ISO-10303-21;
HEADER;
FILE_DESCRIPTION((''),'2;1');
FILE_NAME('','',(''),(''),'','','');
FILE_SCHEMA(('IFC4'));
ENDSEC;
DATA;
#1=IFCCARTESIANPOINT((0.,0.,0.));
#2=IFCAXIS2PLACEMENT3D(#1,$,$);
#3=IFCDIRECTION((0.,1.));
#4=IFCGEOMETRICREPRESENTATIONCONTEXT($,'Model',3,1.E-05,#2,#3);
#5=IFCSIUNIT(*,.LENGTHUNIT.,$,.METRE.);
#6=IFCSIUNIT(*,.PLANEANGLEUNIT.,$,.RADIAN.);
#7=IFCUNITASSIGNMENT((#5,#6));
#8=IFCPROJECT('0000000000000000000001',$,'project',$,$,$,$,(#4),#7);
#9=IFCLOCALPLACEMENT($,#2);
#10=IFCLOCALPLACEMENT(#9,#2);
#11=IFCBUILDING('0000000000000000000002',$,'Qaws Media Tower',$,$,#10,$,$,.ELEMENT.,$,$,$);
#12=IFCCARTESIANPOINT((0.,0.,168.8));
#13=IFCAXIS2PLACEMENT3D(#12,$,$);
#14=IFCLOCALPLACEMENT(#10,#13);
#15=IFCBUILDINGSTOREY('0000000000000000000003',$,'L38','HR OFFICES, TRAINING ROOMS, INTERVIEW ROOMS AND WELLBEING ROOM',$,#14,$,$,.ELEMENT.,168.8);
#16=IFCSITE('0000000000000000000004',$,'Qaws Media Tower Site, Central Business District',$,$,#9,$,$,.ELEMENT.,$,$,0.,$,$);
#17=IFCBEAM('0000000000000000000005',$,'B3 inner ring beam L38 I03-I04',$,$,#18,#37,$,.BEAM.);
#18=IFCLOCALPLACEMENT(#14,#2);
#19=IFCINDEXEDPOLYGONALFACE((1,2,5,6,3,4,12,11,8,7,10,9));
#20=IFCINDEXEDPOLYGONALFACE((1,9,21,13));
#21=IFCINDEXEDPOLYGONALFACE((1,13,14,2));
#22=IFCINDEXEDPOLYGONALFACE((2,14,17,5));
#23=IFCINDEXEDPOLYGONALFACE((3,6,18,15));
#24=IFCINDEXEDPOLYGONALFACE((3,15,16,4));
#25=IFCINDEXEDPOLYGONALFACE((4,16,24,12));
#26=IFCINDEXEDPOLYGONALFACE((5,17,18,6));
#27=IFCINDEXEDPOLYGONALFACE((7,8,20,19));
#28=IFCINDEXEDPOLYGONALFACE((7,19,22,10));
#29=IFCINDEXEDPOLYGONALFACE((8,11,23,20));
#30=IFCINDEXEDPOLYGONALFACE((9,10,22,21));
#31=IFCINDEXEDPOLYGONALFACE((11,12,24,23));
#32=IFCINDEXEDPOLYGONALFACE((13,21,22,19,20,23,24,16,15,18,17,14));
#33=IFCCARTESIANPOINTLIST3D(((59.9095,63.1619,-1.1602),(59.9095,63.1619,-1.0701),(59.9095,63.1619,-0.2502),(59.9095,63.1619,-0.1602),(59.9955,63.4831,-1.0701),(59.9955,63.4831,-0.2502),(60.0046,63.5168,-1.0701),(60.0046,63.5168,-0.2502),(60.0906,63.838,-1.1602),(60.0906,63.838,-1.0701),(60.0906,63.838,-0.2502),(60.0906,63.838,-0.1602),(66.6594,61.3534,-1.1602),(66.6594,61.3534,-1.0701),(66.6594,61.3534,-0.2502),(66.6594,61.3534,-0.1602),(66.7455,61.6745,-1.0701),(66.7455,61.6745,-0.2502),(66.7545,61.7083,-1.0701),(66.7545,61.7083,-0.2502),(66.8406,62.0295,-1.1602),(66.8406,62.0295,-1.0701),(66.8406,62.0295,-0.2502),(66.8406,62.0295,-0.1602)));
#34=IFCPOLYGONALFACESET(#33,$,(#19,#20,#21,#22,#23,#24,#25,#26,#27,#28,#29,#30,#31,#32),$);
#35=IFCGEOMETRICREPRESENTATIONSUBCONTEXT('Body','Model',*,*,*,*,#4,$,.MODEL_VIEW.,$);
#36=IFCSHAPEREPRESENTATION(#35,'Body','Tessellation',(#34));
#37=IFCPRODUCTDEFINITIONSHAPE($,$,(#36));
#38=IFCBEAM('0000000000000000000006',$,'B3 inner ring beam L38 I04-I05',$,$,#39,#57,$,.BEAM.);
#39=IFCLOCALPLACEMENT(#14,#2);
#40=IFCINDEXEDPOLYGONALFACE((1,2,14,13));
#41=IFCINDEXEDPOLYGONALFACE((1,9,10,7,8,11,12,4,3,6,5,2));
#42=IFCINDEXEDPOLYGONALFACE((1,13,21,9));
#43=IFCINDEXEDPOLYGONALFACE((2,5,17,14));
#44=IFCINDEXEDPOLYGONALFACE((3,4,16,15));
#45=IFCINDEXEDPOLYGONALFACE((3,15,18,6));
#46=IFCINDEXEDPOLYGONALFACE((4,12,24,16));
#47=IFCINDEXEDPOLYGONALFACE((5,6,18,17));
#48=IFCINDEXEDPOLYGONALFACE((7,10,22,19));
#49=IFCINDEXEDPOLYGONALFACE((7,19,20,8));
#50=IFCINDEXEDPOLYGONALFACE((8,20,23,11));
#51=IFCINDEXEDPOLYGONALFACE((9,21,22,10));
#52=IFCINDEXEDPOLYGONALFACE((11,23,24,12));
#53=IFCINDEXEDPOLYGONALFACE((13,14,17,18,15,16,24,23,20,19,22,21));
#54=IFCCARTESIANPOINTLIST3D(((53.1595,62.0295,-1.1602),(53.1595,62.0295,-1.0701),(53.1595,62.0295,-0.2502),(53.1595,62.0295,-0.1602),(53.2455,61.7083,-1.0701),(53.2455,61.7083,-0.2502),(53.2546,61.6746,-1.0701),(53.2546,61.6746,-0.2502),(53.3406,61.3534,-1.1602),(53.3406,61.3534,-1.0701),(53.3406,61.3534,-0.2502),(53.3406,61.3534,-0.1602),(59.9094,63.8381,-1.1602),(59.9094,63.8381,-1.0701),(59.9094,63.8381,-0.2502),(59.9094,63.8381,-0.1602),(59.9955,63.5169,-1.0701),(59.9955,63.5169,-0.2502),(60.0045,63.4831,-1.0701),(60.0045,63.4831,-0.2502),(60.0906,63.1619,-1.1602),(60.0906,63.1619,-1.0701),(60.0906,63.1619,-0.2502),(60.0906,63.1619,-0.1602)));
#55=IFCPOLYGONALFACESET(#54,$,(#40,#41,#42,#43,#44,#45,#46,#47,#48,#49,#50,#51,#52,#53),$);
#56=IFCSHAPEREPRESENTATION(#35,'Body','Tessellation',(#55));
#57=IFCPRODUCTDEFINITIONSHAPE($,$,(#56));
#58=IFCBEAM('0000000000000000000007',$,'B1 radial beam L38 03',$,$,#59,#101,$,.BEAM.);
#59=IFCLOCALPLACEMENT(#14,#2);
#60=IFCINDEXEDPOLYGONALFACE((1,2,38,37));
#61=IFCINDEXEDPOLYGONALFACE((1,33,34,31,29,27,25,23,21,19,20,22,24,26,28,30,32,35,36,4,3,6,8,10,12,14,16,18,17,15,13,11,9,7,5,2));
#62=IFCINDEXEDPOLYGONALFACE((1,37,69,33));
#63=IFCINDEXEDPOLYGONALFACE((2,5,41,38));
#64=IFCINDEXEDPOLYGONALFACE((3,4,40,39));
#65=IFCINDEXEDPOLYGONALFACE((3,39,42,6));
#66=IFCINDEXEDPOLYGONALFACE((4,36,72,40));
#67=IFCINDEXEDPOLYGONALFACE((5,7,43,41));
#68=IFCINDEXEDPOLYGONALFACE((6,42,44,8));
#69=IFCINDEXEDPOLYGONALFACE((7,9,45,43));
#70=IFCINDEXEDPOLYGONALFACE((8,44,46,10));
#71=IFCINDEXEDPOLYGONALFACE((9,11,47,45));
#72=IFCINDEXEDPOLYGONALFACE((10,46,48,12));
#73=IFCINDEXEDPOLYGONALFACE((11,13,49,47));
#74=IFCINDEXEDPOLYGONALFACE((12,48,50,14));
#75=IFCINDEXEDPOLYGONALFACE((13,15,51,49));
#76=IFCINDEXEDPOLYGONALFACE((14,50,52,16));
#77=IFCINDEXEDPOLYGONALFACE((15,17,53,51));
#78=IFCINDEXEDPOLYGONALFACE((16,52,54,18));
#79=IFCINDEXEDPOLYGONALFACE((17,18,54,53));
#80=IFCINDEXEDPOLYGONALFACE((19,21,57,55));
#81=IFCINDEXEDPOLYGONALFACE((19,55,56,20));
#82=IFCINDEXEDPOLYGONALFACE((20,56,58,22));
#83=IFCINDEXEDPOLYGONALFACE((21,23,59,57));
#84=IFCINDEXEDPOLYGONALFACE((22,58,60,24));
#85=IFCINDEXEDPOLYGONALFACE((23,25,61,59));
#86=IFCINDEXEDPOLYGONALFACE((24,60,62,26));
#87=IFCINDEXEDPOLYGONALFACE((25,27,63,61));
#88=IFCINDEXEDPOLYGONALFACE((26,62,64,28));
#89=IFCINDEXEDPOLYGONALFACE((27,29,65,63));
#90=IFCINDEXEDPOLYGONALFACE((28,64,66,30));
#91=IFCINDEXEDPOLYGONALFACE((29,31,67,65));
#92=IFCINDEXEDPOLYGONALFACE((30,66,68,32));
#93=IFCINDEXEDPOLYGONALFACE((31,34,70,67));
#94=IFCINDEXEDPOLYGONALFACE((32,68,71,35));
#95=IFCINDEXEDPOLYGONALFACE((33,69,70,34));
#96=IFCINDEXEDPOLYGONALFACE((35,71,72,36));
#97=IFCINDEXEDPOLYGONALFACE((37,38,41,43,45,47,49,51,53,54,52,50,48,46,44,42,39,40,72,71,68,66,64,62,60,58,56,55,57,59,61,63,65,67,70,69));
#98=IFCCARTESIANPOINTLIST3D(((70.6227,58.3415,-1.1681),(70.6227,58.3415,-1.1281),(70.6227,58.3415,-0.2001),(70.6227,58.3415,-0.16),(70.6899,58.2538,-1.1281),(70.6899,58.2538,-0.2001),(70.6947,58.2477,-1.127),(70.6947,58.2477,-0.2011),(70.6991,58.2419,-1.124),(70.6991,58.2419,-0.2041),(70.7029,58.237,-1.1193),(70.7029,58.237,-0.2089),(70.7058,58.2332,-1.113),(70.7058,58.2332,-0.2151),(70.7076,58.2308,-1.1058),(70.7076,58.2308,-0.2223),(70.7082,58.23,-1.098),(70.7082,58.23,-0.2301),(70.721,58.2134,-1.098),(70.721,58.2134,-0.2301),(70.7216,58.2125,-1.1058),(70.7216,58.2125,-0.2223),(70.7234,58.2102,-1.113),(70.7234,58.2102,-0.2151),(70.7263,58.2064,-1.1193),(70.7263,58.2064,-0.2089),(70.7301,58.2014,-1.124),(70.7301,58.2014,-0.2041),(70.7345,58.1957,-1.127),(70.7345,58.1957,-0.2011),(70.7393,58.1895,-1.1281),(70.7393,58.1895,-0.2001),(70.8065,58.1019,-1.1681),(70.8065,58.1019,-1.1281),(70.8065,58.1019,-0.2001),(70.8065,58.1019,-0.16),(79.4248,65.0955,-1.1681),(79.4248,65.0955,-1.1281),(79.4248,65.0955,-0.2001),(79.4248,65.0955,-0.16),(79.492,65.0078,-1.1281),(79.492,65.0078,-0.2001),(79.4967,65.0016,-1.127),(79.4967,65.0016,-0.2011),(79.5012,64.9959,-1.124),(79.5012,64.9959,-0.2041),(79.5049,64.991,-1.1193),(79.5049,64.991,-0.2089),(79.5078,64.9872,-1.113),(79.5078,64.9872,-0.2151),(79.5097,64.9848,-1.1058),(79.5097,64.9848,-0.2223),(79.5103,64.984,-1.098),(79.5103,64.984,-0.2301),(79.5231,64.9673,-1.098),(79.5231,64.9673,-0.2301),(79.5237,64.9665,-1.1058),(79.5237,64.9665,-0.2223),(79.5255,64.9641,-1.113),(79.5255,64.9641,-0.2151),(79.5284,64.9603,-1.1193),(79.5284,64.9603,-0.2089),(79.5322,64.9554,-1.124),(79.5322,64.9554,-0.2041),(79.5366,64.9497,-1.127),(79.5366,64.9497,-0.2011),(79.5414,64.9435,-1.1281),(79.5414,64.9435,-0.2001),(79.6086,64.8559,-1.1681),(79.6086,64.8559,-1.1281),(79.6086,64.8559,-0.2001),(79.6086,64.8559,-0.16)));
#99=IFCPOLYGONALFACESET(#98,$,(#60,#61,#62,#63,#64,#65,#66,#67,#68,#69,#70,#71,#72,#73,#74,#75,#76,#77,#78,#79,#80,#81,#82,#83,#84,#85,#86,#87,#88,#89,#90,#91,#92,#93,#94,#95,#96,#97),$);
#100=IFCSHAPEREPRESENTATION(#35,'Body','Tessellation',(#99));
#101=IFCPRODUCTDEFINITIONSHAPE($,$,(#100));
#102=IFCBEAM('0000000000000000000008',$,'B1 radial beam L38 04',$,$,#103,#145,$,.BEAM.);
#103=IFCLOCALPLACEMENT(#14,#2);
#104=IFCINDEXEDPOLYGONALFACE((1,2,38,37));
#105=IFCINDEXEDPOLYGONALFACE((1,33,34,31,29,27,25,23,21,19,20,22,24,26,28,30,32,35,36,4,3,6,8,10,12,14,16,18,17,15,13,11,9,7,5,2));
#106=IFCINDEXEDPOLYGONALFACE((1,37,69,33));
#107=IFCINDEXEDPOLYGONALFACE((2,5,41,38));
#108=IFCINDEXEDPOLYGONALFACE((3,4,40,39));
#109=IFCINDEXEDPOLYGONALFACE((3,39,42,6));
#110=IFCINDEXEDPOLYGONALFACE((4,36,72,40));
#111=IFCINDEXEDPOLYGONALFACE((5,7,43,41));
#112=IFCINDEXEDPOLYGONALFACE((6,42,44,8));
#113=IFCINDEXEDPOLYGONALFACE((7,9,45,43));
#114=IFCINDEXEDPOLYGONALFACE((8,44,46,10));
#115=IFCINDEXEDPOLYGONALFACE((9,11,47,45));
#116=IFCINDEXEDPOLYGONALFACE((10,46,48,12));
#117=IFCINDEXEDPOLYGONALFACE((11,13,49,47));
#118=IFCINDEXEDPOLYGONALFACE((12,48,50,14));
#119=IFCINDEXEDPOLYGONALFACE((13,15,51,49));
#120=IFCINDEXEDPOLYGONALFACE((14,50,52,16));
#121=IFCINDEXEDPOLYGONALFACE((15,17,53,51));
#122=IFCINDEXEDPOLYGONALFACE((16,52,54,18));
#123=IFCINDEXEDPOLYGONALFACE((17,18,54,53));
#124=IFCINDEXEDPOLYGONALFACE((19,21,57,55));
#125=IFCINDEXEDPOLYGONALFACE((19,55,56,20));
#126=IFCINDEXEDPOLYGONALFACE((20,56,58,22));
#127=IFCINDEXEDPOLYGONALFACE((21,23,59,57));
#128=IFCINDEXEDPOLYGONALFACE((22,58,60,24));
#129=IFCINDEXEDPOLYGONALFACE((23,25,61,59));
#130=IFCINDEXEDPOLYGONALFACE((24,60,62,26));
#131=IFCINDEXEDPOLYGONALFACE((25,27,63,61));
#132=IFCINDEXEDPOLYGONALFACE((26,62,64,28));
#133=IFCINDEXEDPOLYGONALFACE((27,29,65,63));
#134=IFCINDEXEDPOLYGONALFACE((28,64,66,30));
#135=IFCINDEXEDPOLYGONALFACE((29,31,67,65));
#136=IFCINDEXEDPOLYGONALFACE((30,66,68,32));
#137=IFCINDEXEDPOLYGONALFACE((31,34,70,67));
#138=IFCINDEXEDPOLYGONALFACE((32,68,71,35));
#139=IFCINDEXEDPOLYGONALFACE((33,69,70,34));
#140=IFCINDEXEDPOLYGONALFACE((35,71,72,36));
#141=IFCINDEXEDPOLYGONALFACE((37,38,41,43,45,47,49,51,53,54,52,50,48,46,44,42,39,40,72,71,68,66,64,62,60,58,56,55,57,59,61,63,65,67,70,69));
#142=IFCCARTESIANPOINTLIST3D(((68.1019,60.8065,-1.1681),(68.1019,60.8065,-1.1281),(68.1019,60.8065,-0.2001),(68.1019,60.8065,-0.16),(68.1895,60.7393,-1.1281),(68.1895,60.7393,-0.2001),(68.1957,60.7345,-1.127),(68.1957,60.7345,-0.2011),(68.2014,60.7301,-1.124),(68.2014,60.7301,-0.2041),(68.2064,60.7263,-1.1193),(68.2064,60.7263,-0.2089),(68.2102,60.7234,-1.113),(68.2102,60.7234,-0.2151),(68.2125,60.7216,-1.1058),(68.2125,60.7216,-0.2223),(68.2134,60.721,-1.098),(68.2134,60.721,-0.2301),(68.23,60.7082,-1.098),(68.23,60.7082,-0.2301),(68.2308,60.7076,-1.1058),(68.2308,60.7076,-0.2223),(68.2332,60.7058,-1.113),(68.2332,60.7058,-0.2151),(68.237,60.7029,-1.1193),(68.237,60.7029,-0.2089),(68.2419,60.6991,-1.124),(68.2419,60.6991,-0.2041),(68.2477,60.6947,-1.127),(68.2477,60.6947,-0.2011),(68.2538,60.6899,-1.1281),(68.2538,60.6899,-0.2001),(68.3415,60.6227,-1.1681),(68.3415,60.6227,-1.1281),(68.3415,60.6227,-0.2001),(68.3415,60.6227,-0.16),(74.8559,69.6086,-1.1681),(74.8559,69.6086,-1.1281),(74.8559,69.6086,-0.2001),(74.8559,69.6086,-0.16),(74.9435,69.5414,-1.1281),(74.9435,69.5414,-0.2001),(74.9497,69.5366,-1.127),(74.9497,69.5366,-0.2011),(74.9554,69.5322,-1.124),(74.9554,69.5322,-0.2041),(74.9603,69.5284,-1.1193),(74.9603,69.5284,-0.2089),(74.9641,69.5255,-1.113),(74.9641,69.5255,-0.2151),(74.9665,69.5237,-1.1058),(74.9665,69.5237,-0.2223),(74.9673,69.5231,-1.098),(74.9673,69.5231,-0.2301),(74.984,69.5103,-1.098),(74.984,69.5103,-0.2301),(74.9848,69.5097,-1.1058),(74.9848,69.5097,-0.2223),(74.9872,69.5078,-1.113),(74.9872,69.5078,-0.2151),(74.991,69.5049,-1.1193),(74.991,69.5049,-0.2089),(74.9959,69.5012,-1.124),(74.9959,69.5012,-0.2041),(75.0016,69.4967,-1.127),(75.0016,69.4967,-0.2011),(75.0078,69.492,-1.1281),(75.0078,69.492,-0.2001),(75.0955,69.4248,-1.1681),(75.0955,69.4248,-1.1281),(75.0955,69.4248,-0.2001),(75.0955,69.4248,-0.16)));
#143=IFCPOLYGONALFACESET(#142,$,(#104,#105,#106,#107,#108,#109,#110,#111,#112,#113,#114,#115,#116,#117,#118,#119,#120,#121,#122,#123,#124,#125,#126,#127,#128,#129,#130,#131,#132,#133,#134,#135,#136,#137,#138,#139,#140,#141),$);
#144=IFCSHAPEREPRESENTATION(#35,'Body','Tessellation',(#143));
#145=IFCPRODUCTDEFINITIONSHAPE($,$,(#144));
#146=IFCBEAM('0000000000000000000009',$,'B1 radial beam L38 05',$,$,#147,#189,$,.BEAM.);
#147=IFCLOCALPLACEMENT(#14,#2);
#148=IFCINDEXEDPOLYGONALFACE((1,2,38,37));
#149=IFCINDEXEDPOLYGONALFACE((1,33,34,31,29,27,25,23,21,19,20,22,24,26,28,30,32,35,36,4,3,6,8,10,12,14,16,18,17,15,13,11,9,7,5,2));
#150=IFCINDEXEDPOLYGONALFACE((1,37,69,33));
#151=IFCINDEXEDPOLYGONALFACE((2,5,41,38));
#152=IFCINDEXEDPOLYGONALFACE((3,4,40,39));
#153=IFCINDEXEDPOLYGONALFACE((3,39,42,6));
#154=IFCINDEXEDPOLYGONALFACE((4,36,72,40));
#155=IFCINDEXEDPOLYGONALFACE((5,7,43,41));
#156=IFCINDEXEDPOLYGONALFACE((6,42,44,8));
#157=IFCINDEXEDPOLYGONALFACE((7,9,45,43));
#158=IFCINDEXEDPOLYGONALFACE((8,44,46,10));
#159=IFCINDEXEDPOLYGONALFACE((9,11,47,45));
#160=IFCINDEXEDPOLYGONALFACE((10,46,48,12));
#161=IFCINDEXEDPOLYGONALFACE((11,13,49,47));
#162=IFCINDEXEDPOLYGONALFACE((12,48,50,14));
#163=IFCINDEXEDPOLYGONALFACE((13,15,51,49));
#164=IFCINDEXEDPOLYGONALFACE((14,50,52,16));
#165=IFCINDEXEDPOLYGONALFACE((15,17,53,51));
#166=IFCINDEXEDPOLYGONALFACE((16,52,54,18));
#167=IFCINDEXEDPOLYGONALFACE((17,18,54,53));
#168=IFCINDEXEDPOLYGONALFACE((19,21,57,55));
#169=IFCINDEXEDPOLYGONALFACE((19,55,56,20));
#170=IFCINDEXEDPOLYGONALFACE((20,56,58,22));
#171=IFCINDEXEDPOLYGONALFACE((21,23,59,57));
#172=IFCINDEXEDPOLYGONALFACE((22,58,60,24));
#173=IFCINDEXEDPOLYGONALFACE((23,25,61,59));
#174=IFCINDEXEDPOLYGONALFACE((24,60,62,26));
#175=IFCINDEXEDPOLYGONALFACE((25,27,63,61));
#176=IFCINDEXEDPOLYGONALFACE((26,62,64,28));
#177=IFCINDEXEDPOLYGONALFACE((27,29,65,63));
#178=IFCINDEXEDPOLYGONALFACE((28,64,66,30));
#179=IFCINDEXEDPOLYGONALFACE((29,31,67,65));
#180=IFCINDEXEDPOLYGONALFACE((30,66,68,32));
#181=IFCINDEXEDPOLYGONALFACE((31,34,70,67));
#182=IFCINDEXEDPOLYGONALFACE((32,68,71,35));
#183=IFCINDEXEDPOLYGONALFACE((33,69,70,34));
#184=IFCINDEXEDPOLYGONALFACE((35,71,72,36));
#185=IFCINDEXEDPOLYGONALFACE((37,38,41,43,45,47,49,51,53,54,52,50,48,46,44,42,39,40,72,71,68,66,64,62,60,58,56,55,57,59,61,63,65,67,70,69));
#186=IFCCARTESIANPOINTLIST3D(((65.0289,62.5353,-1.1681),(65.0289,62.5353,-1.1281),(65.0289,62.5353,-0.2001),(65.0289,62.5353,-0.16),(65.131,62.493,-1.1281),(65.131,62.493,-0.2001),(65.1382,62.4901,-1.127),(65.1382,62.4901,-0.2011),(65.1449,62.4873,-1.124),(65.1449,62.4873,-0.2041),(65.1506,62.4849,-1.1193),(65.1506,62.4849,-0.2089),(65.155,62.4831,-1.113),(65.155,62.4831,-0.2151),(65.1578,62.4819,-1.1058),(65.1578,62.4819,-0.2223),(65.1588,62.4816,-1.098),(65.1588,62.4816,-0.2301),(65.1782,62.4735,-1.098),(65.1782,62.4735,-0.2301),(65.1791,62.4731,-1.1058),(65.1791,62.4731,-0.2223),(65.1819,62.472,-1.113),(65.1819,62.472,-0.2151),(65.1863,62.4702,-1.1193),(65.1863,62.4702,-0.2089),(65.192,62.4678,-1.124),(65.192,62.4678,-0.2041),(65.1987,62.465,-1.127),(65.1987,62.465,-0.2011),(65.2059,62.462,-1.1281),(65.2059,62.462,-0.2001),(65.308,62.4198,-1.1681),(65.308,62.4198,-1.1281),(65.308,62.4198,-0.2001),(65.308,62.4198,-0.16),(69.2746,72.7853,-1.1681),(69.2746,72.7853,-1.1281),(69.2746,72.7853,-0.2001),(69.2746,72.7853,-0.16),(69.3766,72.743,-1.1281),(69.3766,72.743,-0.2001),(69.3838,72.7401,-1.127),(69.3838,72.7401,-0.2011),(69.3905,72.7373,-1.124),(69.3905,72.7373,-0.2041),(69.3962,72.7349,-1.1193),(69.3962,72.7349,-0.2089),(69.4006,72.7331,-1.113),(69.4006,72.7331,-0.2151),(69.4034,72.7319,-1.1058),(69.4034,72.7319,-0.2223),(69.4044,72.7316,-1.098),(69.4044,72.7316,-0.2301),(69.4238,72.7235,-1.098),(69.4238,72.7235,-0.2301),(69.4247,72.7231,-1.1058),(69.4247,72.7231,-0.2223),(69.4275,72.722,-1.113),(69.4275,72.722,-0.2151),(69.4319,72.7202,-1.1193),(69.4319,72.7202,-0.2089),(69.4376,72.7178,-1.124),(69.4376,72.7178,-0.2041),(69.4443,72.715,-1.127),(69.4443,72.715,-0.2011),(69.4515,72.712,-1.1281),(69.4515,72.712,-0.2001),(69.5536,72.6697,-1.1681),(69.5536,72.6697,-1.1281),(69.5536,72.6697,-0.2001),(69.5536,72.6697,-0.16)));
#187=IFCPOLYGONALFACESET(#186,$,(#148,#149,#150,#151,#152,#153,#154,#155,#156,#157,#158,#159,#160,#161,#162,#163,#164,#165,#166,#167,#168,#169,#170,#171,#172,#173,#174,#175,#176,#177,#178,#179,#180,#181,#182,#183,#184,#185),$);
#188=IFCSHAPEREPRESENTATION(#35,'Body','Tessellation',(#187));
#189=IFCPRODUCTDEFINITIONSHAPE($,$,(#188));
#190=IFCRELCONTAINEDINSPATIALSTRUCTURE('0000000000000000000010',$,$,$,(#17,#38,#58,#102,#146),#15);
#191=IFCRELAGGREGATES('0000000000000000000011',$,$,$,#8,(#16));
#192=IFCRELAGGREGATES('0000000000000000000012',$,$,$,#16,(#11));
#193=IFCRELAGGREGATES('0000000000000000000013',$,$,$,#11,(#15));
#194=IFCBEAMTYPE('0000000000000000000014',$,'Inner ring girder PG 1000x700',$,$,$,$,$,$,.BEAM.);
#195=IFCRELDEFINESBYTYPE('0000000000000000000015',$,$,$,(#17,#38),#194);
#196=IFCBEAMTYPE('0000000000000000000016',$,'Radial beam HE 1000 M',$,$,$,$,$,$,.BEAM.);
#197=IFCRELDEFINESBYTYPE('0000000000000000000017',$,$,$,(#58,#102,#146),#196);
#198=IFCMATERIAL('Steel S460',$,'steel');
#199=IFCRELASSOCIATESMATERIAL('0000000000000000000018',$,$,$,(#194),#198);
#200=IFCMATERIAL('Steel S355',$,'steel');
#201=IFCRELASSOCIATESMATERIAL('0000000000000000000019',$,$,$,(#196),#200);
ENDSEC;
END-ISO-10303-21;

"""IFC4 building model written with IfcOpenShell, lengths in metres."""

from ifc_helpers import new_model, si_unit, direction, frame, origin, origin_2d, place, context, subcontext, project, spatial, i_section, extrude, material, material_profile, profile_set, type_object, element, save


model = new_model("IFC4")

# Units and contexts
model_context = context("Model", 3, precision=1e-05, world=origin(), true_north=direction((0.0, 1.0)))
body_context = subcontext(model_context, "Body", "Model", "MODEL_VIEW")
ifc_project = project(units=[si_unit("LENGTHUNIT", "METRE"), si_unit("PLANEANGLEUNIT", "RADIAN")], contexts=[model_context])

# Site, building, storey
site_placement = place(None, origin())
site = spatial("IfcSite", under=ifc_project, at=site_placement, Name="Qaws Media Tower Site, Central Business District", CompositionType="ELEMENT", RefElevation=0.0)
building_placement = place(site_placement, origin())
building = spatial("IfcBuilding", under=site, at=building_placement, Name="Qaws Media Tower", CompositionType="ELEMENT")
storey_placement = place(building_placement, frame((0.0, 0.0, 168.8)))
storey = spatial("IfcBuildingStorey", under=building, at=storey_placement, Name="L38", Description="HR OFFICES, TRAINING ROOMS, INTERVIEW ROOMS AND WELLBEING ROOM", CompositionType="ELEMENT", Elevation=168.8)

# Beams
ifc_material_1 = material(Name="Steel S460", Category="steel")
ifc_material_profile_1 = material_profile(ifc_material_1, i_section(OverallWidth=0.7, OverallDepth=1.0, WebThickness=0.0349, FlangeThickness=0.0901, at=origin_2d()), Name="PG 1000x700")
ifc_profile_set_1 = profile_set([ifc_material_profile_1], Name="Steel S460")
beam_type_1 = type_object("IfcBeamType", Name="Inner ring girder PG 1000x700", PredefinedType="BEAM", material=ifc_profile_set_1)
for number, where, z_axis, x_axis, name in (
    (1, (66.75, 61.6914, -0.6602), (-0.965928, 0.258811, 0.0), (-0.258811, -0.965928, 0.0), "B3 inner ring beam L38 I03-I04"),
    (2, (60.0, 63.5, -0.6602), (-0.965928, -0.258811, 0.0), (0.258811, -0.965928, 0.0), "B3 inner ring beam L38 I04-I05"),
):
    element("IfcBeam", number, at=place(storey_placement, frame(where, z_axis=z_axis, x_axis=x_axis)), inside=storey, type_object=beam_type_1, Name=name, PredefinedType="BEAM", context=body_context, shape_type="SweptSolid", body=[
        extrude(i_section(OverallWidth=0.7, OverallDepth=1.0, WebThickness=0.0349, FlangeThickness=0.0901, at=origin_2d()), origin(), (0.0, 0.0, 1.0), 6.988),
    ])
ifc_material_2 = material(Name="Steel S355", Category="steel")
ifc_material_profile_2 = material_profile(ifc_material_2, i_section(OverallWidth=0.302, OverallDepth=1.0081, WebThickness=0.021, FlangeThickness=0.04, FilletRadius=0.03, at=origin_2d()), Name="HE 1000 M")
ifc_profile_set_2 = profile_set([ifc_material_profile_2], Name="Steel S355")
beam_type_2 = type_object("IfcBeamType", Name="Radial beam HE 1000 M", PredefinedType="BEAM", material=ifc_profile_set_2)
for number, where, z_axis, x_axis, name in (
    (3, (70.7146, 58.2217, -0.6641), (0.793358, 0.608755, 0.0), (-0.608755, 0.793358, 0.0), "B1 radial beam L38 03"),
    (4, (68.2217, 60.7146, -0.6641), (0.608755, 0.793358, 0.0), (-0.793358, 0.608755, 0.0), "B1 radial beam L38 04"),
):
    element("IfcBeam", number, at=place(storey_placement, frame(where, z_axis=z_axis, x_axis=x_axis)), inside=storey, type_object=beam_type_2, Name=name, PredefinedType="BEAM", context=body_context, shape_type="SweptSolid", body=[
        extrude(i_section(OverallWidth=0.302, OverallDepth=1.0081, WebThickness=0.021, FlangeThickness=0.04, FilletRadius=0.03, at=origin_2d()), origin(), (0.0, 0.0, 1.0), 11.0947),
    ])
beam_1_placement = place(storey_placement, frame((65.1685, 62.4775, -0.6641), z_axis=(0.382677, 0.923882, 0.0), x_axis=(-0.923882, 0.382677, 0.0)))
element("IfcBeam", 5, at=beam_1_placement, inside=storey, type_object=beam_type_2, Name="B1 radial beam L38 05", PredefinedType="BEAM", context=body_context, shape_type="SweptSolid", body=[
    extrude(i_section(OverallWidth=0.302, OverallDepth=1.0081, WebThickness=0.021, FlangeThickness=0.04, FilletRadius=0.03, at=origin_2d()), origin(), (0.0, 0.0, 1.0), 11.0945),
])

save(model, "model.ifc")
